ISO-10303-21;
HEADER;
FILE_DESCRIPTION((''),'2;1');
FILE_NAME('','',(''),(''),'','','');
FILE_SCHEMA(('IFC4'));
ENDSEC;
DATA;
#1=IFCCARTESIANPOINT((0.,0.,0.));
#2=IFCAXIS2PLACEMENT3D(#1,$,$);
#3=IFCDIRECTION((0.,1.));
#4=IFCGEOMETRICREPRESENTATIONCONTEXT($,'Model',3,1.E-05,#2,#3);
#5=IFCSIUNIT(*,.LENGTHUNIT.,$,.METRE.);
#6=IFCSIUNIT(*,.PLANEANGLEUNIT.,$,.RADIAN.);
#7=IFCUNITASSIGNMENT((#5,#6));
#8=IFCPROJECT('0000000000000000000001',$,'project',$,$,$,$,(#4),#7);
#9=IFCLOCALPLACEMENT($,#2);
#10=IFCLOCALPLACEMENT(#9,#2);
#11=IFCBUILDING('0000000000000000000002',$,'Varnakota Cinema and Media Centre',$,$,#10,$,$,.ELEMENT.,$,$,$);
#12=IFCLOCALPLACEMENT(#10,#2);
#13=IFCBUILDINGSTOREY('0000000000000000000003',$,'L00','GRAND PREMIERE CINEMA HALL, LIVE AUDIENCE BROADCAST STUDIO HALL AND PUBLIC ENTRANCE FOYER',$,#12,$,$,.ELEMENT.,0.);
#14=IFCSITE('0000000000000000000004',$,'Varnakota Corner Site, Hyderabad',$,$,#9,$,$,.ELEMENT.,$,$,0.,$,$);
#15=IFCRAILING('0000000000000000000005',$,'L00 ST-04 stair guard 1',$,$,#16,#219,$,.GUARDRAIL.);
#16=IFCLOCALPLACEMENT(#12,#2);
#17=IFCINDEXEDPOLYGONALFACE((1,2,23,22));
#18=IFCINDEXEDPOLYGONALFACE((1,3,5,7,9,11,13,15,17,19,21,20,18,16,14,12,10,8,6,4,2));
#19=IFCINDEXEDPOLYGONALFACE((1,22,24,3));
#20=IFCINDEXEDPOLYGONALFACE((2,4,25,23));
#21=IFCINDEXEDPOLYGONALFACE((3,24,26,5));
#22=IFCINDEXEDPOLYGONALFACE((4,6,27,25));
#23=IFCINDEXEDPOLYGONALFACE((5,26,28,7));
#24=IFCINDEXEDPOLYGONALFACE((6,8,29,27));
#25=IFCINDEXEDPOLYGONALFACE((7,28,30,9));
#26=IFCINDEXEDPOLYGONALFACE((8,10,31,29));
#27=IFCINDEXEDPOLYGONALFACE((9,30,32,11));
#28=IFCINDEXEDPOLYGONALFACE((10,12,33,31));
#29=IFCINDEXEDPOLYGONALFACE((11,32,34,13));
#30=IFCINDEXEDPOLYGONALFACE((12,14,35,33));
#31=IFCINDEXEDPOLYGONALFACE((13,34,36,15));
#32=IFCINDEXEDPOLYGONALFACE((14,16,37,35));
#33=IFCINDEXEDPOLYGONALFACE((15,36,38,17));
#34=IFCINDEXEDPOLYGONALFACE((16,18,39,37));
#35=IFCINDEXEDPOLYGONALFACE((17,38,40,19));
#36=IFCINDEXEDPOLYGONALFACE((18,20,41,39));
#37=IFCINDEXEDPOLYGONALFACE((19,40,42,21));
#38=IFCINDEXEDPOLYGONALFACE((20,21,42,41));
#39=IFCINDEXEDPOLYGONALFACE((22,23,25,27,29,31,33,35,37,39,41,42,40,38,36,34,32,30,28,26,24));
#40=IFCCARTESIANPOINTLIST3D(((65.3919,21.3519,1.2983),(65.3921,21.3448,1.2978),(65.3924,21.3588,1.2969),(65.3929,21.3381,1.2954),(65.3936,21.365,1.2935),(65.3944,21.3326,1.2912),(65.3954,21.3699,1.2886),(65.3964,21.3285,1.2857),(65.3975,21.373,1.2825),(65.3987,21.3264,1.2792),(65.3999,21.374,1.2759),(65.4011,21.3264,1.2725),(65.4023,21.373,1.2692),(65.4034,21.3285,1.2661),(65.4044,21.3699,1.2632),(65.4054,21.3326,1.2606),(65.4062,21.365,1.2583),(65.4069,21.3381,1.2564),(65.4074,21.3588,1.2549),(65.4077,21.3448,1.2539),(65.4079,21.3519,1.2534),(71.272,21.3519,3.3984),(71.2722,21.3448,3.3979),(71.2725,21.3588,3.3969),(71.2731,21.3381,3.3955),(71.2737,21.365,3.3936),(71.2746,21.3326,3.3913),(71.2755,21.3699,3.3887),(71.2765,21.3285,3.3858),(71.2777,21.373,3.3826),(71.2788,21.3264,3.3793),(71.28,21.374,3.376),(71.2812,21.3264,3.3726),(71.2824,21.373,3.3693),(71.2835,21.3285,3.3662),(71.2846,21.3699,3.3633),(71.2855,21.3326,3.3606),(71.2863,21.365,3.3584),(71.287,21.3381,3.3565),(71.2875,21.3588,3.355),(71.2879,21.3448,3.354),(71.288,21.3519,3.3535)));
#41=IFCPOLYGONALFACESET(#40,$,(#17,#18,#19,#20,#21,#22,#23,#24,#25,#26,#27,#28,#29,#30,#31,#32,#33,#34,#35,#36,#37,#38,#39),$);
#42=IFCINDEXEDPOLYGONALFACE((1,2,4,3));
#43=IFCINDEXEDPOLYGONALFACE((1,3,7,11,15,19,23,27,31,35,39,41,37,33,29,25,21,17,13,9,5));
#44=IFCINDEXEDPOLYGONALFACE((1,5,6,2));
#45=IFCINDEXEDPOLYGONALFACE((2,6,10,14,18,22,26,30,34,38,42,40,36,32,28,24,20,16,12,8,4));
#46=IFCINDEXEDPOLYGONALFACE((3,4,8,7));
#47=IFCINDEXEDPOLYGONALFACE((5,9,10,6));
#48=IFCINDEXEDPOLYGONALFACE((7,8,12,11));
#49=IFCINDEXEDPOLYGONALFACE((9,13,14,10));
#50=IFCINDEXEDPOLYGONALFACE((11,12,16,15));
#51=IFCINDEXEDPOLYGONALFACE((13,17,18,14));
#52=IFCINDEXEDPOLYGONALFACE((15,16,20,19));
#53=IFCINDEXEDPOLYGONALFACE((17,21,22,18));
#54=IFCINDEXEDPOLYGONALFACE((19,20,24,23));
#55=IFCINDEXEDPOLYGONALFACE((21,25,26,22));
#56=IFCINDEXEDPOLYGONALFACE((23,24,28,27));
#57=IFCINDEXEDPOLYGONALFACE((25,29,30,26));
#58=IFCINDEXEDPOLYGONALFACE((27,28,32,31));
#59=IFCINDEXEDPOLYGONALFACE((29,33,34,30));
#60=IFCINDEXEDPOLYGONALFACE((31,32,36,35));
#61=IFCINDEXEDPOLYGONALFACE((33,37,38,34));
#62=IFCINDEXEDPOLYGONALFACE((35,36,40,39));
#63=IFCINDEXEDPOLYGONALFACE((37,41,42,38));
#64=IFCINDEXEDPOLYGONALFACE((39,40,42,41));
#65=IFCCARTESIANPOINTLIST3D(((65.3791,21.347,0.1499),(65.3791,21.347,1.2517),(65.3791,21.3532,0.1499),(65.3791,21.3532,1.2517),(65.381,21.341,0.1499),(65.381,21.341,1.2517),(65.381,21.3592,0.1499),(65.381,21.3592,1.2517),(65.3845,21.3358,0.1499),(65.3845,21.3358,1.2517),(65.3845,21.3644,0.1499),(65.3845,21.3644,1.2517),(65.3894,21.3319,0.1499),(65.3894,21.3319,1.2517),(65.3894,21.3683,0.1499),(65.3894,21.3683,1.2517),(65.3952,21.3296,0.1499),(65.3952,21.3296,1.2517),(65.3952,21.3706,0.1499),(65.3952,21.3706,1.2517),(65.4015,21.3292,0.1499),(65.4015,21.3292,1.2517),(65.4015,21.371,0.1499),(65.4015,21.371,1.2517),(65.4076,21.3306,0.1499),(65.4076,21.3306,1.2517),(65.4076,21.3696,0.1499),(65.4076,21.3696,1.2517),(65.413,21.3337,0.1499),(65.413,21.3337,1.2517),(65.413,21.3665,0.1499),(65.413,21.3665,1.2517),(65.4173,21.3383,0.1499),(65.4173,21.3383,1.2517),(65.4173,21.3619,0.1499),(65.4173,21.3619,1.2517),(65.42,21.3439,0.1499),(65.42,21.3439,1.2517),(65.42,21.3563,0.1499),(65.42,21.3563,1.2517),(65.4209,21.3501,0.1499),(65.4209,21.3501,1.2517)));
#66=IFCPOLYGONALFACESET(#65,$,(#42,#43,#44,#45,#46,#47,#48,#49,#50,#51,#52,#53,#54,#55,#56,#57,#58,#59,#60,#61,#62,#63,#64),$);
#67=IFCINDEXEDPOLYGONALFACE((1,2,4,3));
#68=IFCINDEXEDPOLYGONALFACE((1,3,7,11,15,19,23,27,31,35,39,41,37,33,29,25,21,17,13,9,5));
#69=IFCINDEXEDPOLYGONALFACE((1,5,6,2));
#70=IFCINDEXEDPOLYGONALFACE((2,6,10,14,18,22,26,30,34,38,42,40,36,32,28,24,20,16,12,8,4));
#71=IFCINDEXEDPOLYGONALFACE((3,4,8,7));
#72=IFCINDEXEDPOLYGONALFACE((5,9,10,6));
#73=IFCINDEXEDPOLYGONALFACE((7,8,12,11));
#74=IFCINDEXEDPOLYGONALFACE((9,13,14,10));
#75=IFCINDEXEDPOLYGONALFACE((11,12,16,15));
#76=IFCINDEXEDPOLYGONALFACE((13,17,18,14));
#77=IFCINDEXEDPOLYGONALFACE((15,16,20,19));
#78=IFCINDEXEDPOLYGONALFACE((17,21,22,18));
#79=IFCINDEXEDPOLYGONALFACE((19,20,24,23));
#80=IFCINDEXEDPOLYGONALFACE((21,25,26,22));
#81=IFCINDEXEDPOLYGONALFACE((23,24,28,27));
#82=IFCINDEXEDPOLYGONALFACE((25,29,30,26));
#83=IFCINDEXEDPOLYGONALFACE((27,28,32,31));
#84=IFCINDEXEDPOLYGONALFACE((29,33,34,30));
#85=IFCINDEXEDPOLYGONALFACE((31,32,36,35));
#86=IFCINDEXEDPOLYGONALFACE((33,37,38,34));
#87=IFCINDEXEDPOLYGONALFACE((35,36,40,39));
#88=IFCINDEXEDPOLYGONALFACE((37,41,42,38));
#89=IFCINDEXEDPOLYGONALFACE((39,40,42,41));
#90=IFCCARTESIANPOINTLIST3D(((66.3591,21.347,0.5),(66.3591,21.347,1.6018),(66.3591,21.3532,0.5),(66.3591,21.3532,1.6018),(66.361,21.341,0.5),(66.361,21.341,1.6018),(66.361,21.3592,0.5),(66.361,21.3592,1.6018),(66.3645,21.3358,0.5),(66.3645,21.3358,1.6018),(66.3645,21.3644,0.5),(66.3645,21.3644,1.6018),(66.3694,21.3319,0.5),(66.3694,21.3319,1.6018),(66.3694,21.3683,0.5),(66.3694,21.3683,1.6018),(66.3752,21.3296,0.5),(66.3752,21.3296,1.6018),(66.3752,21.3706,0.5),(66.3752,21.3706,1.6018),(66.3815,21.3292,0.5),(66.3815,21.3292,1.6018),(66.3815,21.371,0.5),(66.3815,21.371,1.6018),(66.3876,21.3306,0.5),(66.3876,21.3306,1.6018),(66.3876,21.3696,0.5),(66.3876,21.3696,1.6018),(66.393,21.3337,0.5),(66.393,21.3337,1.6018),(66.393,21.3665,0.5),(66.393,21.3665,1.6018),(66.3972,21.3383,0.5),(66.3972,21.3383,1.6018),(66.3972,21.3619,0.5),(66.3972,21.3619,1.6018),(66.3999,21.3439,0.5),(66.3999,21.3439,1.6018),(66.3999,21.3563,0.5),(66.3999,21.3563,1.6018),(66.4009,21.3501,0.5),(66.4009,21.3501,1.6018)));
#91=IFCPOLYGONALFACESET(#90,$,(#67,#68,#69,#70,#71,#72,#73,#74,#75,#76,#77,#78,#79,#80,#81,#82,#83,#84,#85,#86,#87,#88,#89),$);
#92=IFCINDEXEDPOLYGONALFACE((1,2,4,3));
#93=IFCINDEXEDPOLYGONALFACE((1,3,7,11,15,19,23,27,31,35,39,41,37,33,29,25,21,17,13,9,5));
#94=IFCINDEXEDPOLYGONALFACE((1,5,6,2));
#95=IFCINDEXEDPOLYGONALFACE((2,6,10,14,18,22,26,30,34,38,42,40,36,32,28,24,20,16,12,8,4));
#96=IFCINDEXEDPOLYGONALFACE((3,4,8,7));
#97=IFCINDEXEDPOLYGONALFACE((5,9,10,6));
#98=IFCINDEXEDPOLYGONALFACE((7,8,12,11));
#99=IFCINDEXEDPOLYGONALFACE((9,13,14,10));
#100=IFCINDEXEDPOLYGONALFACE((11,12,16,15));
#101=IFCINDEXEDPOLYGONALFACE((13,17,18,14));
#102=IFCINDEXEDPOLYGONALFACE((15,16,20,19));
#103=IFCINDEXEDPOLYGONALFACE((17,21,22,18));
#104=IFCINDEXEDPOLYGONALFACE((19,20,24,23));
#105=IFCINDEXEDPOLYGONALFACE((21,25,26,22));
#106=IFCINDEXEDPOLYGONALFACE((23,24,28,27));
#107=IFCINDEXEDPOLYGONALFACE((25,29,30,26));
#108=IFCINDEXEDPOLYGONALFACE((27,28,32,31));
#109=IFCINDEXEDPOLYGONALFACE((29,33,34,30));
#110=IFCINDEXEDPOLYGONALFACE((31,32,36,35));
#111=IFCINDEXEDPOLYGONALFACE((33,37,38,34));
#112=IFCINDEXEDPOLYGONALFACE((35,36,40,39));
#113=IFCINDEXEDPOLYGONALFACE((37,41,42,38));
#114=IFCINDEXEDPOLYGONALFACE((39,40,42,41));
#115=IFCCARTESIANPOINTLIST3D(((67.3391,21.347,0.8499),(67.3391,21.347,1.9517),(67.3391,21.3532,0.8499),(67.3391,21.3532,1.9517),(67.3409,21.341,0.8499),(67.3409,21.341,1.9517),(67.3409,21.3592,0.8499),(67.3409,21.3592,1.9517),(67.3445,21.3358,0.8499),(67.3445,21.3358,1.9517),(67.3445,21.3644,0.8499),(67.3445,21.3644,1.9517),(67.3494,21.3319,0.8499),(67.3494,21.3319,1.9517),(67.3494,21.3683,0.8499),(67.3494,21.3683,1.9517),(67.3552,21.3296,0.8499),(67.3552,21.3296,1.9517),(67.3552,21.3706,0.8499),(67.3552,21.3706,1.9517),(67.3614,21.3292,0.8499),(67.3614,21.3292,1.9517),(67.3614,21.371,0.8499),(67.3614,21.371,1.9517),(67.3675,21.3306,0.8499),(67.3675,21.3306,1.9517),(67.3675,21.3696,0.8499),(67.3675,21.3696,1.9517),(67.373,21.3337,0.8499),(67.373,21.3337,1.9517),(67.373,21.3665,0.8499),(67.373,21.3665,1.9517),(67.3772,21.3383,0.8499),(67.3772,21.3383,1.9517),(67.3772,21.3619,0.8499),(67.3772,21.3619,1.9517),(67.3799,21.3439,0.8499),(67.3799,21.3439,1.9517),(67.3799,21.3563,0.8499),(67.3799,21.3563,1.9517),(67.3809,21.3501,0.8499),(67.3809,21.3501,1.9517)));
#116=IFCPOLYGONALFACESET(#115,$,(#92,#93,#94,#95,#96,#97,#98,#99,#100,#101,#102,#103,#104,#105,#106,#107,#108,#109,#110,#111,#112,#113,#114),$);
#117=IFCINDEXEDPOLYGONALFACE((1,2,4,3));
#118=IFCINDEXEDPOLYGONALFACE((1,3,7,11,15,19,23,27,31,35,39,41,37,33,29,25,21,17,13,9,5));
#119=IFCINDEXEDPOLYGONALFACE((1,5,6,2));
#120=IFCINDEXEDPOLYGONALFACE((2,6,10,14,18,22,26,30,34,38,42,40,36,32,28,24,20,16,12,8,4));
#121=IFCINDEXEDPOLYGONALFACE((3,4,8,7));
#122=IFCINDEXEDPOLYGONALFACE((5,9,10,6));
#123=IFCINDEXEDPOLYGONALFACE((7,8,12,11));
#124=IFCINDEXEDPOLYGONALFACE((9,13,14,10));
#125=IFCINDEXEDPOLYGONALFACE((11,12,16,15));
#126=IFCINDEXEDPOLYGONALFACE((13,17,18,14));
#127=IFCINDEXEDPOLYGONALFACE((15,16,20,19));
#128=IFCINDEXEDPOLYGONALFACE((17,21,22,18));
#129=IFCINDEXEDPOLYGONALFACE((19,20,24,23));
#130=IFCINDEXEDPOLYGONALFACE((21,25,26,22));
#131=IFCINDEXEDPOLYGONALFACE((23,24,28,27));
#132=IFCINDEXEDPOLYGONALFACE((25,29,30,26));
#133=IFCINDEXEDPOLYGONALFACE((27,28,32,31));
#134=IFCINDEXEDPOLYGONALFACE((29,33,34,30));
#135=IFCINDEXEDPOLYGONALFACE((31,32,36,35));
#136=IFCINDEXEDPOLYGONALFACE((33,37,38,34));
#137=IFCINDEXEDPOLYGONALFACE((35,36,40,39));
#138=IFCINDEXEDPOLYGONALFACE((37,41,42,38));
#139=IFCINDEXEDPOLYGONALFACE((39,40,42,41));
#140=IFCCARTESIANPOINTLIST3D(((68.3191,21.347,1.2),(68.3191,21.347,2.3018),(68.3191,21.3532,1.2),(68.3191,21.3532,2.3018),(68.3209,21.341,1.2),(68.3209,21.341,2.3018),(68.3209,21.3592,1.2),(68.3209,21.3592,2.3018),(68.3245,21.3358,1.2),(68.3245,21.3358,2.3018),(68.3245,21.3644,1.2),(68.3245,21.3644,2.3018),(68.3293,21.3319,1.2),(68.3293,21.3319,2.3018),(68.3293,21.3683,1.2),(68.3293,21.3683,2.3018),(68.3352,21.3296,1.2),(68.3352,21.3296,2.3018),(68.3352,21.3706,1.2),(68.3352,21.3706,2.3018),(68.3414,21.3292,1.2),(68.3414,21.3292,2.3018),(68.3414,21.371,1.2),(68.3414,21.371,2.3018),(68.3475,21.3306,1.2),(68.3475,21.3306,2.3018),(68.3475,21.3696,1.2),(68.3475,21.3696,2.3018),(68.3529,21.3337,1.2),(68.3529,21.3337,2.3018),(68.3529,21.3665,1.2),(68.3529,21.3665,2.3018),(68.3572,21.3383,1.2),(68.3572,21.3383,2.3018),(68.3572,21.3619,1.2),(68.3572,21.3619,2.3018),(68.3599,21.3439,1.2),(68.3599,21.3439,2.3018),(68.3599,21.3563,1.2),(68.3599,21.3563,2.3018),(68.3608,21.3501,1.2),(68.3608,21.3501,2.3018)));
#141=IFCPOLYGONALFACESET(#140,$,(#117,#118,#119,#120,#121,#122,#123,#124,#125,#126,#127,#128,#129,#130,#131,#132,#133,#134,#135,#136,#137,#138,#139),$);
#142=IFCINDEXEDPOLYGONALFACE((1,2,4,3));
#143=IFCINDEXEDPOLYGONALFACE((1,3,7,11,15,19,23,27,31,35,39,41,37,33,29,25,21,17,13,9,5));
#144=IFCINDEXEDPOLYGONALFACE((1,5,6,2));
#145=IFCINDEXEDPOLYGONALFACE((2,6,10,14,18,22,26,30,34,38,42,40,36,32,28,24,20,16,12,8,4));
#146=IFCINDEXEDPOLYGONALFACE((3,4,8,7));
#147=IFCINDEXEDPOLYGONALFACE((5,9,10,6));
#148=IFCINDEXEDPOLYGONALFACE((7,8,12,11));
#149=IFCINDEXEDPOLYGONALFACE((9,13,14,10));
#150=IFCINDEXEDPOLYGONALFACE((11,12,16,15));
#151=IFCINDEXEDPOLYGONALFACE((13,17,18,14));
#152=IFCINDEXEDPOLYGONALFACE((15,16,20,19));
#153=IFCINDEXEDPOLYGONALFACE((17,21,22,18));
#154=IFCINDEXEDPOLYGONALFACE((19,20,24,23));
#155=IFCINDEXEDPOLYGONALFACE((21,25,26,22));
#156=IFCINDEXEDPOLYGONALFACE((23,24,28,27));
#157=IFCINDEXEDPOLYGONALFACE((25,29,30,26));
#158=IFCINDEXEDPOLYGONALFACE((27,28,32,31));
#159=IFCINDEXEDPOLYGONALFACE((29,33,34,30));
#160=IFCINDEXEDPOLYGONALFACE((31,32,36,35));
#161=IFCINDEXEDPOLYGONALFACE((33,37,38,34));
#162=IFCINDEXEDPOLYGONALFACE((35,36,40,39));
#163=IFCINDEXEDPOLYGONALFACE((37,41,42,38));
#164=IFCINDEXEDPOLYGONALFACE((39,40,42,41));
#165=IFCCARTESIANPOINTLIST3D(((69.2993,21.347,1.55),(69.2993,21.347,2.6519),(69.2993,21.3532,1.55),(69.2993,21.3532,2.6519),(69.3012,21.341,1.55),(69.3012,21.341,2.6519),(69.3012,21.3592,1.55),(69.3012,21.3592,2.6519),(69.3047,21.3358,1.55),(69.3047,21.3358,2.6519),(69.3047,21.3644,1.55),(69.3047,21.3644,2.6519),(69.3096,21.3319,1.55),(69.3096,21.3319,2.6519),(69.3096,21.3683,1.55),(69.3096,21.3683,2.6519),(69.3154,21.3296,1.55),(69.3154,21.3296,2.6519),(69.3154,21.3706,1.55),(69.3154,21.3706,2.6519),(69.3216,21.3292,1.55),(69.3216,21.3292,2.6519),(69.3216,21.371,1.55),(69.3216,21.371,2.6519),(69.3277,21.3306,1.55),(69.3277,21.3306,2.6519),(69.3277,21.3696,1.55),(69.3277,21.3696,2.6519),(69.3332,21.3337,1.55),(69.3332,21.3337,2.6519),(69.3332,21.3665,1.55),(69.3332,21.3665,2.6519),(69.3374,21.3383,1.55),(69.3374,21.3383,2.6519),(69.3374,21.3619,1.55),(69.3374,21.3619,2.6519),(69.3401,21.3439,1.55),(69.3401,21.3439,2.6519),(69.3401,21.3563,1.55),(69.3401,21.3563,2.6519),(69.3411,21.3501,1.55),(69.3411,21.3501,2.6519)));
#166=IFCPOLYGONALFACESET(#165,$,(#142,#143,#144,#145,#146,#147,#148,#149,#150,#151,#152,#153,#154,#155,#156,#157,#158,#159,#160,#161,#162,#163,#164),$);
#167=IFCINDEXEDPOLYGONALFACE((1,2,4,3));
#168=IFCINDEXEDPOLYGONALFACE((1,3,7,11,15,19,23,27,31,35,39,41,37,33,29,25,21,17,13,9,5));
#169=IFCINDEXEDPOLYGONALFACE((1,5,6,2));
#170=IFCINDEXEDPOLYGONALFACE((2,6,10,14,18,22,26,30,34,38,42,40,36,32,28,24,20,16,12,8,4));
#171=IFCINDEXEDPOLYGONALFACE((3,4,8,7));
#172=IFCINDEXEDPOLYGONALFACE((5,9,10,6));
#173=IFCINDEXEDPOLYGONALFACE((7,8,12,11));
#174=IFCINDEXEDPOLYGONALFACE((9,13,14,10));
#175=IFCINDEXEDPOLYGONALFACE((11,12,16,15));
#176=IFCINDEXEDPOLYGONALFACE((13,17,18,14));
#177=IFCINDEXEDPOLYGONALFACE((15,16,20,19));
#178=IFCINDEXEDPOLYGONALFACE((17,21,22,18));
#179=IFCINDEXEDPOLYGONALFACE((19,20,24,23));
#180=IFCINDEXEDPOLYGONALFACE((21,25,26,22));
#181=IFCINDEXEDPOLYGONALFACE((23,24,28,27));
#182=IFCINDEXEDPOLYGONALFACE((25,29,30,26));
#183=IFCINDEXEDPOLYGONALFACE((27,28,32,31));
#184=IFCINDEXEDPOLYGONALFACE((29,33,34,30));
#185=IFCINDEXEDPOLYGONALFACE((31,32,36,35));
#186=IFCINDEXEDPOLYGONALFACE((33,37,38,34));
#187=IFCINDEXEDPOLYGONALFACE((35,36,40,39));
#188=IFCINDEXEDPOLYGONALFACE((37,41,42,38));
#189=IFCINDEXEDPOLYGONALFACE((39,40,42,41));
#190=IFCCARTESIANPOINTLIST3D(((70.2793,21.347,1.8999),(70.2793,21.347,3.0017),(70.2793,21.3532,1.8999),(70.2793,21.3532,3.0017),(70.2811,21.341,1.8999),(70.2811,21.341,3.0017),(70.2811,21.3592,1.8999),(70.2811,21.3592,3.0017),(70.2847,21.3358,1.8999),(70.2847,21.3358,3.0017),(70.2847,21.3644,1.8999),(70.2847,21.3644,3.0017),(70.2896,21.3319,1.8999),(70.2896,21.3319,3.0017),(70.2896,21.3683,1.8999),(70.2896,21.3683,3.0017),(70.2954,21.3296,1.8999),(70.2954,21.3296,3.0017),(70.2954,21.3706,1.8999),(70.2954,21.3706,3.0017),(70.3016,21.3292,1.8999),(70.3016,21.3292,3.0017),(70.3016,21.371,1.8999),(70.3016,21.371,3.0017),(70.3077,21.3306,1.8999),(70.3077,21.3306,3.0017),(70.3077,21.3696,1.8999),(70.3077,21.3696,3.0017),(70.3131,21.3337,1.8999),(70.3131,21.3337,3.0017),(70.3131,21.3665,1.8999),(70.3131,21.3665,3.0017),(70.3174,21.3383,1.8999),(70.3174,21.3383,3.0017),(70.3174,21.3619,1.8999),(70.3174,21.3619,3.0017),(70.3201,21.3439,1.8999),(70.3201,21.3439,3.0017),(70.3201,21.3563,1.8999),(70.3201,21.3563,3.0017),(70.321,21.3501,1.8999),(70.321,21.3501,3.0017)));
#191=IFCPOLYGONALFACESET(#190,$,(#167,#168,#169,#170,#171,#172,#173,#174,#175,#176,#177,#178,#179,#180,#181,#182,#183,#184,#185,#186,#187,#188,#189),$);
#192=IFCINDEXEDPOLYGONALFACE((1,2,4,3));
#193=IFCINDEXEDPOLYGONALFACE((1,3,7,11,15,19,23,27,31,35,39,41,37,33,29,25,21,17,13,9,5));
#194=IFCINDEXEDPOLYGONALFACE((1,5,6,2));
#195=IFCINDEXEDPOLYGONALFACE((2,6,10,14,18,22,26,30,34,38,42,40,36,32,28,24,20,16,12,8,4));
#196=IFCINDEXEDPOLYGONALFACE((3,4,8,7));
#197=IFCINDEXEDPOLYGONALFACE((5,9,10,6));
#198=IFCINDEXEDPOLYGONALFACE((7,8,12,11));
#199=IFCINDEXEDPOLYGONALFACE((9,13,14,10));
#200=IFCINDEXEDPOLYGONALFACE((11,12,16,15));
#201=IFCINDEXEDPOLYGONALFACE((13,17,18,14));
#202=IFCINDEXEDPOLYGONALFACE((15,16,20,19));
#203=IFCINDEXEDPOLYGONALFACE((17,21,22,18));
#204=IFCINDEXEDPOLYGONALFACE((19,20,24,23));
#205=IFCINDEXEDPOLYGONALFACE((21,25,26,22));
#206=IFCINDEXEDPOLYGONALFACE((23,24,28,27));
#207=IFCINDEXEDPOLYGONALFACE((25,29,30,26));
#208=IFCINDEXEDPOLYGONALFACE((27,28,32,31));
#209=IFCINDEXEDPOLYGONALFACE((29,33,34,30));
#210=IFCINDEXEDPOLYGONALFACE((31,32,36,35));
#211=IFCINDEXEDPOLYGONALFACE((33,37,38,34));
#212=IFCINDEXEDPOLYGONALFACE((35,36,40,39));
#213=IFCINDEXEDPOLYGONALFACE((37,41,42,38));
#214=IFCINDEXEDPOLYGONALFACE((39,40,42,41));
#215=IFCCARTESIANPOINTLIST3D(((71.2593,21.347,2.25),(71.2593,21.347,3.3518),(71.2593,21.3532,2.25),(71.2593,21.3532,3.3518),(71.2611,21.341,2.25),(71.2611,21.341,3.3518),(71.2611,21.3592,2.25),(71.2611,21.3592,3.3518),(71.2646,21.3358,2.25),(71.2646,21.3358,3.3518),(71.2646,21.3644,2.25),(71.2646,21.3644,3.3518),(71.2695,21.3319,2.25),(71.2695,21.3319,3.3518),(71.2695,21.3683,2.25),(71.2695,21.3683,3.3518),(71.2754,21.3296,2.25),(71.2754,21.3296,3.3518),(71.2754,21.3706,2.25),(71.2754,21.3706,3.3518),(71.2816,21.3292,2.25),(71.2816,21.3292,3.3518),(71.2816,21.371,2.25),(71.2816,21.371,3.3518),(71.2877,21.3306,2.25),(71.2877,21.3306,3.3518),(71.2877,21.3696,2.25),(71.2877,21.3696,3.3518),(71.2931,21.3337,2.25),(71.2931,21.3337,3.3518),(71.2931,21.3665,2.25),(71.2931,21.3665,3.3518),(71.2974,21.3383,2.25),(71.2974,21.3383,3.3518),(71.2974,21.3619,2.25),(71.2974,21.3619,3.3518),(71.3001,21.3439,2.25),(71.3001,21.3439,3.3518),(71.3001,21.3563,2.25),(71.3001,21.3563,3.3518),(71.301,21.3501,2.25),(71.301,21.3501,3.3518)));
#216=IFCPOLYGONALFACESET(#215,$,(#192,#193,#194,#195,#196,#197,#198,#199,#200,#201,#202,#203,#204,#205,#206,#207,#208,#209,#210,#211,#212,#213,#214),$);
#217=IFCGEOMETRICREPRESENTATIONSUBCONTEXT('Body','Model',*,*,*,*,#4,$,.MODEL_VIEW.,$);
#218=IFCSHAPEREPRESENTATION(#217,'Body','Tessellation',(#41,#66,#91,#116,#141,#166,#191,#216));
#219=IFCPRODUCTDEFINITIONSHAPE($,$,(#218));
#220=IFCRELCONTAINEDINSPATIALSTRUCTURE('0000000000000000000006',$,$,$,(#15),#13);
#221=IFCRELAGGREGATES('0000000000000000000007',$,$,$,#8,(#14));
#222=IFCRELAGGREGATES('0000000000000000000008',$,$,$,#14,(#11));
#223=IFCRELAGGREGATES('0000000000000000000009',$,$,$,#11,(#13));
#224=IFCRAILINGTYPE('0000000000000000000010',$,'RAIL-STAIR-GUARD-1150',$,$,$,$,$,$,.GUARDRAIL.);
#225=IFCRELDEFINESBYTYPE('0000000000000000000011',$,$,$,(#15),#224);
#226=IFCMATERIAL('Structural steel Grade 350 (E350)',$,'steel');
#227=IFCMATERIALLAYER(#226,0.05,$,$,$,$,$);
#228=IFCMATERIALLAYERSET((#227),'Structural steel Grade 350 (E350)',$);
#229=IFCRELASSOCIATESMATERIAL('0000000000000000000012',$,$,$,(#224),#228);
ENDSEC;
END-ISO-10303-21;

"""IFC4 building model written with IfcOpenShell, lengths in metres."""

from ifc_helpers import new_model, si_unit, direction, frame, origin, origin_2d, place, context, subcontext, project, spatial, circle, extrude, material, layer, layer_set, type_object, element, save


model = new_model("IFC4")

# Units and contexts
model_context = context("Model", 3, precision=1e-05, world=origin(), true_north=direction((0.0, 1.0)))
body_context = subcontext(model_context, "Body", "Model", "MODEL_VIEW")
ifc_project = project(units=[si_unit("LENGTHUNIT", "METRE"), si_unit("PLANEANGLEUNIT", "RADIAN")], contexts=[model_context])

# Site, building, storey
site_placement = place(None, origin())
site = spatial("IfcSite", under=ifc_project, at=site_placement, Name="Varnakota Corner Site, Hyderabad", CompositionType="ELEMENT", RefElevation=0.0)
building_placement = place(site_placement, origin())
building = spatial("IfcBuilding", under=site, at=building_placement, Name="Varnakota Cinema and Media Centre", CompositionType="ELEMENT")
storey_placement = place(building_placement, origin())
storey = spatial("IfcBuildingStorey", under=building, at=storey_placement, Name="L00", Description="GRAND PREMIERE CINEMA HALL, LIVE AUDIENCE BROADCAST STUDIO HALL AND PUBLIC ENTRANCE FOYER", CompositionType="ELEMENT", Elevation=0.0)

# Railing
ifc_material_1 = material(Name="Structural steel Grade 350 (E350)", Category="steel")
ifc_layer_1 = layer(ifc_material_1, 0.05)
ifc_layer_set_1 = layer_set([ifc_layer_1], Name="Structural steel Grade 350 (E350)")
railing_type_1 = type_object("IfcRailingType", Name="RAIL-STAIR-GUARD-1150", PredefinedType="GUARDRAIL", material=ifc_layer_set_1)
railing_1_placement = place(storey_placement, frame((65.3999, 21.3501, 0.1499)))
element("IfcRailing", 1, at=railing_1_placement, inside=storey, type_object=railing_type_1, Name="L00 ST-04 stair guard 1", PredefinedType="GUARDRAIL", context=body_context, shape_type="SweptSolid", body=[
    extrude(circle(Radius=0.0239, at=origin_2d()), frame((0.0, 0.0, 1.126), z_axis=(0.941739, 0.0, 0.336344), x_axis=(0.0, 1.0, 0.0)), (0.0, 0.0, 1.0), 6.2439),
    extrude(circle(Radius=0.021, at=origin_2d()), origin(), (0.0, 0.0, 1.0), 1.1018),
    extrude(circle(Radius=0.021, at=origin_2d()), frame((0.98, 0.0, 0.3501)), (0.0, 0.0, 1.0), 1.1018),
    extrude(circle(Radius=0.021, at=origin_2d()), frame((1.96, 0.0, 0.7)), (0.0, 0.0, 1.0), 1.1018),
    extrude(circle(Radius=0.021, at=origin_2d()), frame((2.9399, 0.0, 1.05)), (0.0, 0.0, 1.0), 1.1018),
    extrude(circle(Radius=0.021, at=origin_2d()), frame((3.9202, 0.0, 1.4001)), (0.0, 0.0, 1.0), 1.1018),
    extrude(circle(Radius=0.021, at=origin_2d()), frame((4.9001, 0.0, 1.75)), (0.0, 0.0, 1.0), 1.1018),
    extrude(circle(Radius=0.021, at=origin_2d()), frame((5.8801, 0.0, 2.1001)), (0.0, 0.0, 1.0), 1.1018),
])

save(model, "model.ifc")
